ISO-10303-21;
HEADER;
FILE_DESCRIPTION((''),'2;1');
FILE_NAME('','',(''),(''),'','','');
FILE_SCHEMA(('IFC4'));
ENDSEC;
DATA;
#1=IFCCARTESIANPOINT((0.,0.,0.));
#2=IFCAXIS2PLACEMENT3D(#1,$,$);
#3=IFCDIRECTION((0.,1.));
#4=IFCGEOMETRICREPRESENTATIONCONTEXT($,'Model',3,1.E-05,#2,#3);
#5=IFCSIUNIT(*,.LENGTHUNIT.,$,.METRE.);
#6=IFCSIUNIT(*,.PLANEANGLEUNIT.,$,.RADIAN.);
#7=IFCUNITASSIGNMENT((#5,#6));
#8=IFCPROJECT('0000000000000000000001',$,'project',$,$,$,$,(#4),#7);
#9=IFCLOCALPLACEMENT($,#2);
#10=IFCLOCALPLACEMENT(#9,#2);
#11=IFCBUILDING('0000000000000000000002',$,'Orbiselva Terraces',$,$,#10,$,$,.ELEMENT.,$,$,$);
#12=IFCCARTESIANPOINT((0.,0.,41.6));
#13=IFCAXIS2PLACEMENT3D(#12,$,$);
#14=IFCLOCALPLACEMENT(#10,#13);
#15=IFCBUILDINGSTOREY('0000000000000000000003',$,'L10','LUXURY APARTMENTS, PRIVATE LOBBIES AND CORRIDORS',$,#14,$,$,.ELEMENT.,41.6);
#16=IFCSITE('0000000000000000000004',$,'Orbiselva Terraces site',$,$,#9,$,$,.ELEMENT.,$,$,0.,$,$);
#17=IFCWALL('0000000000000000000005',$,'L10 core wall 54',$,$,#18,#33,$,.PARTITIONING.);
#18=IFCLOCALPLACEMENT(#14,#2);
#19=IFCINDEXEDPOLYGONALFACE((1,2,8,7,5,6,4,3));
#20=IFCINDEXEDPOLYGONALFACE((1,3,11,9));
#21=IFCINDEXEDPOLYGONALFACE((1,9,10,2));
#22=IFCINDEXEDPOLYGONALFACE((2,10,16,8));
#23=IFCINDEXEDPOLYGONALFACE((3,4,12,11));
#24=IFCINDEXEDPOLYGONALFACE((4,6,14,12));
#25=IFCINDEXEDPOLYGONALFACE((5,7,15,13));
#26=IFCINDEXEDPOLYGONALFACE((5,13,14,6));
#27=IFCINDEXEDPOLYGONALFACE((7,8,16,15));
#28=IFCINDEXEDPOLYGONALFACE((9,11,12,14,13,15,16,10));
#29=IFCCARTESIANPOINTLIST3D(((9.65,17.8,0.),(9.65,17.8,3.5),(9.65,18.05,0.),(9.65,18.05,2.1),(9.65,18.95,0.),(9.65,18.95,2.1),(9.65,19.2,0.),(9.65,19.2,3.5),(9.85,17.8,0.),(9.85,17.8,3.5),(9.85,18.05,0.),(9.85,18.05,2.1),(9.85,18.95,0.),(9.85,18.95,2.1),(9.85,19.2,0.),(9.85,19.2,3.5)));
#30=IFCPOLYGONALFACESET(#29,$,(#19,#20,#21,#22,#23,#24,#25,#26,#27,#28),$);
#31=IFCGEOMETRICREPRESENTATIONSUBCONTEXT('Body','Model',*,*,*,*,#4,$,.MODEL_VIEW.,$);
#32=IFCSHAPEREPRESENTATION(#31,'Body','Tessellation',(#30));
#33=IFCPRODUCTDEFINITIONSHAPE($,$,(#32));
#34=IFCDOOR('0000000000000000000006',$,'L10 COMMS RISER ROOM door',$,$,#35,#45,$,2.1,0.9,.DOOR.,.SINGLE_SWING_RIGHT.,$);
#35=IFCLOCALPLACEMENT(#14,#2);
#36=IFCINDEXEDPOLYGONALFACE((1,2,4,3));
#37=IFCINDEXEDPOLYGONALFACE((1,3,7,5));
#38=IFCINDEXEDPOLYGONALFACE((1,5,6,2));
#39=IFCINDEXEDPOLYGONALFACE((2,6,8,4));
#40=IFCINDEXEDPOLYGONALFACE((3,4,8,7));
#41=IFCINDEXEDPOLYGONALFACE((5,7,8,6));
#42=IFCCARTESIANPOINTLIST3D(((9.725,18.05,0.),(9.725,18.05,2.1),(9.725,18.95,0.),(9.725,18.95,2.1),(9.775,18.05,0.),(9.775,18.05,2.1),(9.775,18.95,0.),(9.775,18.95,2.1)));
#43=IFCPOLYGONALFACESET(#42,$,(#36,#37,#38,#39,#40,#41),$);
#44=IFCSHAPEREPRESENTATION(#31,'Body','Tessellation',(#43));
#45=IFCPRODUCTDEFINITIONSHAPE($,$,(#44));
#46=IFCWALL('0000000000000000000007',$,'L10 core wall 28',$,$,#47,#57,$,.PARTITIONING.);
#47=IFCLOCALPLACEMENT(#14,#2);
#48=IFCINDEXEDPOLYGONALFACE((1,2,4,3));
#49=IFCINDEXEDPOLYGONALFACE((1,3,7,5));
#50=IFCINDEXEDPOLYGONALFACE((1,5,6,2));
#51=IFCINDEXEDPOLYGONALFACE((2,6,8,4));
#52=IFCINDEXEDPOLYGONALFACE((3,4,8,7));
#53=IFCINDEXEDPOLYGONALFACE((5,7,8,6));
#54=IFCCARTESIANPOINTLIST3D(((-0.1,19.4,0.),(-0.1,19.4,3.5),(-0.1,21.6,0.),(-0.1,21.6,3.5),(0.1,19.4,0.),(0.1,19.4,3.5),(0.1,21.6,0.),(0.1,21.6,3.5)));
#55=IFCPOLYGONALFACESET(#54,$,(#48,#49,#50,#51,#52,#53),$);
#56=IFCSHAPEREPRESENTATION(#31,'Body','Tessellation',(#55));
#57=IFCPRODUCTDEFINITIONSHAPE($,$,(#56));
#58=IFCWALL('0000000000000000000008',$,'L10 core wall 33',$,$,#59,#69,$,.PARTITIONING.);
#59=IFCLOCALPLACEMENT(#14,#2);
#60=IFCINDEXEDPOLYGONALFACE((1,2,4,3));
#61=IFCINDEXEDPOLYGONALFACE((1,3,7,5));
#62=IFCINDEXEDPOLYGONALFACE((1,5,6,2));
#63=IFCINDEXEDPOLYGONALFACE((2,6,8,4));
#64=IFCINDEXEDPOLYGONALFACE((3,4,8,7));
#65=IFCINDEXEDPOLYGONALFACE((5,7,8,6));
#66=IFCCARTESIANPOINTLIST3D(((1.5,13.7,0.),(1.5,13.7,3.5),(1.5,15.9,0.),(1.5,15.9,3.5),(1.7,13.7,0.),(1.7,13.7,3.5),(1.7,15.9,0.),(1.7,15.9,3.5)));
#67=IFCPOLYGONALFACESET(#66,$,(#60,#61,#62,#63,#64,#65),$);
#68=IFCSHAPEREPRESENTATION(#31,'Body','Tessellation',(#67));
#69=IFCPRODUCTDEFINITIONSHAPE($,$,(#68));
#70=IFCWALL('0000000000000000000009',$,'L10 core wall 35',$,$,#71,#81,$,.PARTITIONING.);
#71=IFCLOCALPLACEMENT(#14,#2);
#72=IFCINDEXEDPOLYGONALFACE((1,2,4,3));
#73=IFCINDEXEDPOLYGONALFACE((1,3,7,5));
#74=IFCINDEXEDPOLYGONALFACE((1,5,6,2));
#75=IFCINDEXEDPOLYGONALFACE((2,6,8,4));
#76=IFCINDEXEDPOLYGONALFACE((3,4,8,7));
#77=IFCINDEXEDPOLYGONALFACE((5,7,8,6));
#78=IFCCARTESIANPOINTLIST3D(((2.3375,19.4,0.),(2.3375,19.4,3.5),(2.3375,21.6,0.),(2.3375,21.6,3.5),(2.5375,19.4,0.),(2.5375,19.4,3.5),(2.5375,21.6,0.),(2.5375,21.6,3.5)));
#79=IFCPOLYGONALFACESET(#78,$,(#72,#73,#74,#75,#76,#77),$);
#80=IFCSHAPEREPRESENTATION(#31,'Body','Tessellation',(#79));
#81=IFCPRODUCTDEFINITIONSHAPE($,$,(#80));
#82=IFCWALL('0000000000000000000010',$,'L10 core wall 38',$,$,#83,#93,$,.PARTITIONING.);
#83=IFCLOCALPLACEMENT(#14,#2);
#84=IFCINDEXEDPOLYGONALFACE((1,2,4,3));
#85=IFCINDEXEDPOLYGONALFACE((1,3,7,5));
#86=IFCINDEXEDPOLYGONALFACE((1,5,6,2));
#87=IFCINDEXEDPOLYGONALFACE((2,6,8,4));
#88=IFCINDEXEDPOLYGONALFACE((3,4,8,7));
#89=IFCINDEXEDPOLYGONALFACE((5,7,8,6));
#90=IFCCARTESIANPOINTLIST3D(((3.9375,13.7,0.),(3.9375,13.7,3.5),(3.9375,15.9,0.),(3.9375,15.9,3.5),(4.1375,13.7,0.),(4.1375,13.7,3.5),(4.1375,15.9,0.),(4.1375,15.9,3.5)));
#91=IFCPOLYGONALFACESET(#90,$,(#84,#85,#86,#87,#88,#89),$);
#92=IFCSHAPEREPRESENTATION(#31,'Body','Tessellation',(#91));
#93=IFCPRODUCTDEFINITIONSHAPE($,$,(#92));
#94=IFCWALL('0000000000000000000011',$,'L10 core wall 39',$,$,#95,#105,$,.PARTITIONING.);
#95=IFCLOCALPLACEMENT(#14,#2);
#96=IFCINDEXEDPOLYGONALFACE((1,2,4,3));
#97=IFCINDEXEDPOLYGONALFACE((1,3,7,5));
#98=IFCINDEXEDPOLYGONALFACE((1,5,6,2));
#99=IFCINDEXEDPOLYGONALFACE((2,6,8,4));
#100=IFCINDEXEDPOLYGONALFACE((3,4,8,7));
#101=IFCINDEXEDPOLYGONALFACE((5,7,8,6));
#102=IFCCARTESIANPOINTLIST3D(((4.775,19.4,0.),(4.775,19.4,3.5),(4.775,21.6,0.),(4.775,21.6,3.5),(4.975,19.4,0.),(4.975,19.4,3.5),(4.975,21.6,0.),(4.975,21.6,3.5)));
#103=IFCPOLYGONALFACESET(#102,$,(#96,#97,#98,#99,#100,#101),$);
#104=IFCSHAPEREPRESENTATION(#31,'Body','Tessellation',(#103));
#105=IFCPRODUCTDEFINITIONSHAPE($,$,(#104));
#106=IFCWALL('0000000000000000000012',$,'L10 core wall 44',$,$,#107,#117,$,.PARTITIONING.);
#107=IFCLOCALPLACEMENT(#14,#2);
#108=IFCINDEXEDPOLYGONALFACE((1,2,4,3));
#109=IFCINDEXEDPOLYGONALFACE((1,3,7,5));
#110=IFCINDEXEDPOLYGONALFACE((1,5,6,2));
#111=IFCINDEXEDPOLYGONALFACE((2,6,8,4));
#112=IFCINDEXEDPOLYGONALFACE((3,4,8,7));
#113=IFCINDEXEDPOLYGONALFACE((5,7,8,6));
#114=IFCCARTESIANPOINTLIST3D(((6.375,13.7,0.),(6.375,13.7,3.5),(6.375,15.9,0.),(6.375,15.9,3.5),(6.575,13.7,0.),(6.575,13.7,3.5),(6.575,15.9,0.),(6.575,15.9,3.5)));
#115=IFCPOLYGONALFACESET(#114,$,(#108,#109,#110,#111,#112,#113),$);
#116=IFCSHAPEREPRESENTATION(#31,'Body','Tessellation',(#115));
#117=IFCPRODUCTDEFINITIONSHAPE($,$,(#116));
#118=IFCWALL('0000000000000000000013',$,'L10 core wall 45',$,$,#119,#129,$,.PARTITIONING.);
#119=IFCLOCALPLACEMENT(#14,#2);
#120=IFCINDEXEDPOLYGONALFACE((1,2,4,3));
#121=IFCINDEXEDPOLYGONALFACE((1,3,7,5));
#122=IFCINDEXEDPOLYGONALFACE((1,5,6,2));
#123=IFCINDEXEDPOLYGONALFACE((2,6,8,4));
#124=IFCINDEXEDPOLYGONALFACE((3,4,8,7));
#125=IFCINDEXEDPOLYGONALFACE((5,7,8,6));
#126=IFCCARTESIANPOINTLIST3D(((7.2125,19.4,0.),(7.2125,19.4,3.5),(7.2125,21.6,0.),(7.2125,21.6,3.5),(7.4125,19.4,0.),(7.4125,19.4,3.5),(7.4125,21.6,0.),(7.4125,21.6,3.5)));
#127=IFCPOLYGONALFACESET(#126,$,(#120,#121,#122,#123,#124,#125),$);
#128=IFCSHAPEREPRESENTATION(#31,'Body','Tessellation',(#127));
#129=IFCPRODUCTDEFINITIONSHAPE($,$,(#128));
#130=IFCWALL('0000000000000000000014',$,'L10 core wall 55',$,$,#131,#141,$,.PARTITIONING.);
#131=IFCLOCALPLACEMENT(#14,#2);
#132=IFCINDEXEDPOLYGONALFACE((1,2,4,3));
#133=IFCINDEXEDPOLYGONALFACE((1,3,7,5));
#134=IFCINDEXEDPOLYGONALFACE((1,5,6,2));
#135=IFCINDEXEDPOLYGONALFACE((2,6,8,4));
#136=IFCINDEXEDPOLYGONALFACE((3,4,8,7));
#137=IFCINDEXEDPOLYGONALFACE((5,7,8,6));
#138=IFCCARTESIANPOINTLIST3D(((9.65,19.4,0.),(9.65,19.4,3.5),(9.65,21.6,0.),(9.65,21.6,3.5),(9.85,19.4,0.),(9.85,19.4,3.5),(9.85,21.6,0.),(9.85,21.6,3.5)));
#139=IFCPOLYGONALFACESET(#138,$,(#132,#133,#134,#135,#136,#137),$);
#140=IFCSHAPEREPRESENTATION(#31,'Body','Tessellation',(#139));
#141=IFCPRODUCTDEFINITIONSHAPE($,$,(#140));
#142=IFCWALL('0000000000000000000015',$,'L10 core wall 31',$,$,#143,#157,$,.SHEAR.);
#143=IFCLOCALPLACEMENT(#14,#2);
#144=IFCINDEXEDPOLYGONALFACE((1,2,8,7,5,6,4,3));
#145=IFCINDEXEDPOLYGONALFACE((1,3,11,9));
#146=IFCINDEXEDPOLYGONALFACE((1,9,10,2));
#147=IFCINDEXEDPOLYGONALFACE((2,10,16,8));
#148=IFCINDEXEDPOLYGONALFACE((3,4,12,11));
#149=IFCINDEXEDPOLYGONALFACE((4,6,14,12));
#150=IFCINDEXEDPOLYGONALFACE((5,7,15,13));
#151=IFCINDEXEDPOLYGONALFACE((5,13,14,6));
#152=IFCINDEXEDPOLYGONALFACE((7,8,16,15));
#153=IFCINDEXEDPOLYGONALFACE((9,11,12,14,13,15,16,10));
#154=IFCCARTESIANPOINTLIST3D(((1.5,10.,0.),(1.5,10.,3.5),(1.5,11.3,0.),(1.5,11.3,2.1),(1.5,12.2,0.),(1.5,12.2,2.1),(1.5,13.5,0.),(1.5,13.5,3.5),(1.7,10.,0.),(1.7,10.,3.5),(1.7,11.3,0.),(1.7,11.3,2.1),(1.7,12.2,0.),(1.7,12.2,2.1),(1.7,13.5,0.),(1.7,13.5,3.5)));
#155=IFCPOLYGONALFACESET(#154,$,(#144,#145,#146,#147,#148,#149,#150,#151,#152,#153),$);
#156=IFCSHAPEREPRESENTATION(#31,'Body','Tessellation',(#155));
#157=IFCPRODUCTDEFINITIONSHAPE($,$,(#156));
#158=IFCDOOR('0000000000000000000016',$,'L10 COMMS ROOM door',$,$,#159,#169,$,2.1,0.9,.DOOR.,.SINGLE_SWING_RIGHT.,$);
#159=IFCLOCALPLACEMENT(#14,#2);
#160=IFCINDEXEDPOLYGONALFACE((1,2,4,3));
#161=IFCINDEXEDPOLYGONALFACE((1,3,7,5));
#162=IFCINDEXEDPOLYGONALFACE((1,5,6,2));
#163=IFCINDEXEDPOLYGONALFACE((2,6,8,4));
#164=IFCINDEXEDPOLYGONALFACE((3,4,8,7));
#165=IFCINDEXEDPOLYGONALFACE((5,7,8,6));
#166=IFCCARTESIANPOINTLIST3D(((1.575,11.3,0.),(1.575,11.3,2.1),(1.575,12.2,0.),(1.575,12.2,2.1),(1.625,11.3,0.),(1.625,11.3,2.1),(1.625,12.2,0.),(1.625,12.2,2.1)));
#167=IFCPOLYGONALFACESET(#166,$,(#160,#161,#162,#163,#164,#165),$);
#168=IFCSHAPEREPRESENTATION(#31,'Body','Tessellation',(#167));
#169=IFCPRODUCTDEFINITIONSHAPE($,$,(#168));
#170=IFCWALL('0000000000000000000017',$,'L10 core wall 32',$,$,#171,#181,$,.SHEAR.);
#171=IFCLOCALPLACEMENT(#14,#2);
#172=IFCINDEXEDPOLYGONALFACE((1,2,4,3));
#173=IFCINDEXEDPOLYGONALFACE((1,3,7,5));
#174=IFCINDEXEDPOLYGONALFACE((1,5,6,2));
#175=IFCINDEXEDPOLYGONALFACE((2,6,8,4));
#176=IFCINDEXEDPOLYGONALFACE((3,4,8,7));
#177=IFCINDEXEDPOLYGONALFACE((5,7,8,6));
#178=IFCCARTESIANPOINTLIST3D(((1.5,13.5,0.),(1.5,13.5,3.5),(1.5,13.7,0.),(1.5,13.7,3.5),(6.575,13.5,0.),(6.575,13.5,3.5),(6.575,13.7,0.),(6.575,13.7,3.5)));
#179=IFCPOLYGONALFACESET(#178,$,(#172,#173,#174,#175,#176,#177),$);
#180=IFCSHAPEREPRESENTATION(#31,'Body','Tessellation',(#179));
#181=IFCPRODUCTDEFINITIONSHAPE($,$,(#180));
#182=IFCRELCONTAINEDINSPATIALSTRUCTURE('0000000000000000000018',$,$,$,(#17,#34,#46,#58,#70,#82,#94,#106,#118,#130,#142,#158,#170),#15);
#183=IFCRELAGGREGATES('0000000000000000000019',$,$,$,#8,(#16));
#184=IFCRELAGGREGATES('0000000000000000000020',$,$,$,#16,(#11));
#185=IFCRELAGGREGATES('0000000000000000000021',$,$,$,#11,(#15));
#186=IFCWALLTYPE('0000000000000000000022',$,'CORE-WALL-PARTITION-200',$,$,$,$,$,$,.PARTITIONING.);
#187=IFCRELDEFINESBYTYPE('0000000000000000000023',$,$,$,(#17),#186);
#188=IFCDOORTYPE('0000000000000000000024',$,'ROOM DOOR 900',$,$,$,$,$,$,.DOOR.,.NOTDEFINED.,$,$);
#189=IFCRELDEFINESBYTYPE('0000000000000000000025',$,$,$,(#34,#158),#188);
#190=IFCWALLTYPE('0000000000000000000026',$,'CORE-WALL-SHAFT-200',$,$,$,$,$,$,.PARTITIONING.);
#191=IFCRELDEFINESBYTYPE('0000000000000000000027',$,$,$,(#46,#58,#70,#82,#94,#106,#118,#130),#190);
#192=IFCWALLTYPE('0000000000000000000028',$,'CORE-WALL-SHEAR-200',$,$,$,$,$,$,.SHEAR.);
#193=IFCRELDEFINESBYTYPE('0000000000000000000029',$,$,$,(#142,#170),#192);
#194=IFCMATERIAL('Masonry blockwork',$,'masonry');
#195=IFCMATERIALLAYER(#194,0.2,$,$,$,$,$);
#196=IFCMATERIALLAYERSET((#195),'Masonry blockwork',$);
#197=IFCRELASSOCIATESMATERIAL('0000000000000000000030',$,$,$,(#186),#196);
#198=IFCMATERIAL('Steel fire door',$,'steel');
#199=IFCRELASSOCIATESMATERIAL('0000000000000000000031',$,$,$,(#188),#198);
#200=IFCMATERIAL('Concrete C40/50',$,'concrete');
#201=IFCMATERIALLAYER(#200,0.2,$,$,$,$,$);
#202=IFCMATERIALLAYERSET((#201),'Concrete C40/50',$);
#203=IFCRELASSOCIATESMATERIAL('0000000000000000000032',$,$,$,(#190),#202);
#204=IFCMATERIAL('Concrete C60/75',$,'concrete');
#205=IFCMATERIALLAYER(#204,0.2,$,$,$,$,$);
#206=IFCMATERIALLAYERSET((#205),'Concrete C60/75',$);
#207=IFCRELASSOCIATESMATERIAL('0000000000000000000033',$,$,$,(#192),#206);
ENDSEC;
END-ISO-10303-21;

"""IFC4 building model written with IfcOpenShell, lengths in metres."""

from ifc_helpers import new_model, si_unit, direction, frame, frame_2d, origin, place, context, subcontext, project, spatial, rectangle, extrude, material, layer, layer_set, type_object, element, fill, save


model = new_model("IFC4")

# Units and contexts
model_context = context("Model", 3, precision=1e-05, world=origin(), true_north=direction((0.0, 1.0)))
body_context = subcontext(model_context, "Body", "Model", "MODEL_VIEW")
ifc_project = project(units=[si_unit("LENGTHUNIT", "METRE"), si_unit("PLANEANGLEUNIT", "RADIAN")], contexts=[model_context])

# Site, building, storey
site_placement = place(None, origin())
site = spatial("IfcSite", under=ifc_project, at=site_placement, Name="Orbiselva Terraces site", CompositionType="ELEMENT", RefElevation=0.0)
building_placement = place(site_placement, origin())
building = spatial("IfcBuilding", under=site, at=building_placement, Name="Orbiselva Terraces", CompositionType="ELEMENT")
storey_placement = place(building_placement, frame((0.0, 0.0, 41.6)))
storey = spatial("IfcBuildingStorey", under=building, at=storey_placement, Name="L10", Description="LUXURY APARTMENTS, PRIVATE LOBBIES AND CORRIDORS", CompositionType="ELEMENT", Elevation=41.6)

# Wall, opening, door
ifc_material_1 = material(Name="Masonry blockwork", Category="masonry")
ifc_layer_1 = layer(ifc_material_1, 0.2)
ifc_layer_set_1 = layer_set([ifc_layer_1], Name="Masonry blockwork")
wall_type_1 = type_object("IfcWallType", Name="CORE-WALL-PARTITION-200", PredefinedType="PARTITIONING", material=ifc_layer_set_1)
wall_1_placement = place(storey_placement, frame((9.75, 19.2, 0.0), z_axis=(0.0, 0.0, 1.0), x_axis=(0.0, -1.0, 0.0)))
wall_1 = element("IfcWall", 1, at=wall_1_placement, inside=storey, type_object=wall_type_1, Name="L10 core wall 54", PredefinedType="PARTITIONING", context=body_context, shape_type="SweptSolid", body=[
    extrude(rectangle(XDim=1.4, YDim=0.2, at=frame_2d((0.7, 0.0))), origin(), (0.0, 0.0, 1.0), 3.5),
])
opening_1_placement = place(wall_1_placement, frame((0.25, 0.0, 0.0)))
opening_1 = element("IfcOpeningElement", 2, at=opening_1_placement, cuts=wall_1, PredefinedType="OPENING", context=body_context, shape_type="SweptSolid", body=[
    extrude(rectangle(XDim=0.9, YDim=2.1, at=frame_2d((0.45, 1.05))), frame((0.0, 0.11, 0.0), z_axis=(0.0, -1.0, 0.0), x_axis=(1.0, 0.0, 0.0)), (0.0, 0.0, 1.0), 0.22),
])
ifc_material_2 = material(Name="Steel fire door", Category="steel")
door_type = type_object("IfcDoorType", Name="ROOM DOOR 900", OperationType="NOTDEFINED", PredefinedType="DOOR", material=ifc_material_2)
door_1_placement = place(opening_1_placement, origin())
door_1 = element("IfcDoor", 3, at=door_1_placement, inside=storey, type_object=door_type, Name="L10 COMMS RISER ROOM door", OperationType="SINGLE_SWING_RIGHT", OverallHeight=2.1, OverallWidth=0.9, PredefinedType="DOOR", context=body_context, shape_type="SweptSolid", body=[
    extrude(rectangle(XDim=0.9, YDim=2.1, at=frame_2d((0.45, 1.05))), frame((0.0, 0.025, 0.0), z_axis=(0.0, -1.0, 0.0), x_axis=(1.0, 0.0, 0.0)), (0.0, 0.0, 1.0), 0.05),
])
fill(opening_1, door_1)

# Walls
ifc_material_3 = material(Name="Concrete C40/50", Category="concrete")
ifc_layer_2 = layer(ifc_material_3, 0.2)
ifc_layer_set_2 = layer_set([ifc_layer_2], Name="Concrete C40/50")
wall_type_2 = type_object("IfcWallType", Name="CORE-WALL-SHAFT-200", PredefinedType="PARTITIONING", material=ifc_layer_set_2)
for number, where, z_axis, x_axis, name in (
    (4, (0.0, 19.4, 0.0), (0.0, 0.0, 1.0), (0.0, 1.0, 0.0), "L10 core wall 28"),
    (5, (1.6, 13.7, 0.0), (0.0, 0.0, 1.0), (0.0, 1.0, 0.0), "L10 core wall 33"),
    (6, (2.4375, 19.4, 0.0), (0.0, 0.0, 1.0), (0.0, 1.0, 0.0), "L10 core wall 35"),
    (7, (4.0375, 13.7, 0.0), (0.0, 0.0, 1.0), (0.0, 1.0, 0.0), "L10 core wall 38"),
    (8, (4.875, 19.4, 0.0), (0.0, 0.0, 1.0), (0.0, 1.0, 0.0), "L10 core wall 39"),
    (9, (6.475, 13.7, 0.0), (0.0, 0.0, 1.0), (0.0, 1.0, 0.0), "L10 core wall 44"),
    (10, (7.3125, 19.4, 0.0), (0.0, 0.0, 1.0), (0.0, 1.0, 0.0), "L10 core wall 45"),
    (11, (9.75, 19.4, 0.0), (0.0, 0.0, 1.0), (0.0, 1.0, 0.0), "L10 core wall 55"),
):
    element("IfcWall", number, at=place(storey_placement, frame(where, z_axis=z_axis, x_axis=x_axis)), inside=storey, type_object=wall_type_2, Name=name, PredefinedType="PARTITIONING", context=body_context, shape_type="SweptSolid", body=[
        extrude(rectangle(XDim=2.2, YDim=0.2, at=frame_2d((1.1, 0.0))), origin(), (0.0, 0.0, 1.0), 3.5),
    ])

# Wall, opening, door
ifc_material_4 = material(Name="Concrete C60/75", Category="concrete")
ifc_layer_3 = layer(ifc_material_4, 0.2)
ifc_layer_set_3 = layer_set([ifc_layer_3], Name="Concrete C60/75")
wall_type_3 = type_object("IfcWallType", Name="CORE-WALL-SHEAR-200", PredefinedType="SHEAR", material=ifc_layer_set_3)
wall_2_placement = place(storey_placement, frame((1.6, 13.5, 0.0), z_axis=(0.0, 0.0, 1.0), x_axis=(0.0, -1.0, 0.0)))
wall_2 = element("IfcWall", 12, at=wall_2_placement, inside=storey, type_object=wall_type_3, Name="L10 core wall 31", PredefinedType="SHEAR", context=body_context, shape_type="SweptSolid", body=[
    extrude(rectangle(XDim=3.5, YDim=0.2, at=frame_2d((1.75, 0.0))), origin(), (0.0, 0.0, 1.0), 3.5),
])
opening_2_placement = place(wall_2_placement, frame((1.3, 0.0, 0.0)))
opening_2 = element("IfcOpeningElement", 13, at=opening_2_placement, cuts=wall_2, PredefinedType="OPENING", context=body_context, shape_type="SweptSolid", body=[
    extrude(rectangle(XDim=0.9, YDim=2.1, at=frame_2d((0.45, 1.05))), frame((0.0, 0.11, 0.0), z_axis=(0.0, -1.0, 0.0), x_axis=(1.0, 0.0, 0.0)), (0.0, 0.0, 1.0), 0.22),
])
door_2_placement = place(opening_2_placement, origin())
door_2 = element("IfcDoor", 14, at=door_2_placement, inside=storey, type_object=door_type, Name="L10 COMMS ROOM door", OperationType="SINGLE_SWING_RIGHT", OverallHeight=2.1, OverallWidth=0.9, PredefinedType="DOOR", context=body_context, shape_type="SweptSolid", body=[
    extrude(rectangle(XDim=0.9, YDim=2.1, at=frame_2d((0.45, 1.05))), frame((0.0, 0.025, 0.0), z_axis=(0.0, -1.0, 0.0), x_axis=(1.0, 0.0, 0.0)), (0.0, 0.0, 1.0), 0.05),
])
fill(opening_2, door_2)

# Wall
wall_3_placement = place(storey_placement, frame((1.5, 13.6, 0.0), z_axis=(0.0, 0.0, 1.0), x_axis=(1.0, 0.0, 0.0)))
element("IfcWall", 15, at=wall_3_placement, inside=storey, type_object=wall_type_3, Name="L10 core wall 32", PredefinedType="SHEAR", context=body_context, shape_type="SweptSolid", body=[
    extrude(rectangle(XDim=5.075, YDim=0.2, at=frame_2d((2.5375, 0.0))), origin(), (0.0, 0.0, 1.0), 3.5),
])

save(model, "model.ifc")
